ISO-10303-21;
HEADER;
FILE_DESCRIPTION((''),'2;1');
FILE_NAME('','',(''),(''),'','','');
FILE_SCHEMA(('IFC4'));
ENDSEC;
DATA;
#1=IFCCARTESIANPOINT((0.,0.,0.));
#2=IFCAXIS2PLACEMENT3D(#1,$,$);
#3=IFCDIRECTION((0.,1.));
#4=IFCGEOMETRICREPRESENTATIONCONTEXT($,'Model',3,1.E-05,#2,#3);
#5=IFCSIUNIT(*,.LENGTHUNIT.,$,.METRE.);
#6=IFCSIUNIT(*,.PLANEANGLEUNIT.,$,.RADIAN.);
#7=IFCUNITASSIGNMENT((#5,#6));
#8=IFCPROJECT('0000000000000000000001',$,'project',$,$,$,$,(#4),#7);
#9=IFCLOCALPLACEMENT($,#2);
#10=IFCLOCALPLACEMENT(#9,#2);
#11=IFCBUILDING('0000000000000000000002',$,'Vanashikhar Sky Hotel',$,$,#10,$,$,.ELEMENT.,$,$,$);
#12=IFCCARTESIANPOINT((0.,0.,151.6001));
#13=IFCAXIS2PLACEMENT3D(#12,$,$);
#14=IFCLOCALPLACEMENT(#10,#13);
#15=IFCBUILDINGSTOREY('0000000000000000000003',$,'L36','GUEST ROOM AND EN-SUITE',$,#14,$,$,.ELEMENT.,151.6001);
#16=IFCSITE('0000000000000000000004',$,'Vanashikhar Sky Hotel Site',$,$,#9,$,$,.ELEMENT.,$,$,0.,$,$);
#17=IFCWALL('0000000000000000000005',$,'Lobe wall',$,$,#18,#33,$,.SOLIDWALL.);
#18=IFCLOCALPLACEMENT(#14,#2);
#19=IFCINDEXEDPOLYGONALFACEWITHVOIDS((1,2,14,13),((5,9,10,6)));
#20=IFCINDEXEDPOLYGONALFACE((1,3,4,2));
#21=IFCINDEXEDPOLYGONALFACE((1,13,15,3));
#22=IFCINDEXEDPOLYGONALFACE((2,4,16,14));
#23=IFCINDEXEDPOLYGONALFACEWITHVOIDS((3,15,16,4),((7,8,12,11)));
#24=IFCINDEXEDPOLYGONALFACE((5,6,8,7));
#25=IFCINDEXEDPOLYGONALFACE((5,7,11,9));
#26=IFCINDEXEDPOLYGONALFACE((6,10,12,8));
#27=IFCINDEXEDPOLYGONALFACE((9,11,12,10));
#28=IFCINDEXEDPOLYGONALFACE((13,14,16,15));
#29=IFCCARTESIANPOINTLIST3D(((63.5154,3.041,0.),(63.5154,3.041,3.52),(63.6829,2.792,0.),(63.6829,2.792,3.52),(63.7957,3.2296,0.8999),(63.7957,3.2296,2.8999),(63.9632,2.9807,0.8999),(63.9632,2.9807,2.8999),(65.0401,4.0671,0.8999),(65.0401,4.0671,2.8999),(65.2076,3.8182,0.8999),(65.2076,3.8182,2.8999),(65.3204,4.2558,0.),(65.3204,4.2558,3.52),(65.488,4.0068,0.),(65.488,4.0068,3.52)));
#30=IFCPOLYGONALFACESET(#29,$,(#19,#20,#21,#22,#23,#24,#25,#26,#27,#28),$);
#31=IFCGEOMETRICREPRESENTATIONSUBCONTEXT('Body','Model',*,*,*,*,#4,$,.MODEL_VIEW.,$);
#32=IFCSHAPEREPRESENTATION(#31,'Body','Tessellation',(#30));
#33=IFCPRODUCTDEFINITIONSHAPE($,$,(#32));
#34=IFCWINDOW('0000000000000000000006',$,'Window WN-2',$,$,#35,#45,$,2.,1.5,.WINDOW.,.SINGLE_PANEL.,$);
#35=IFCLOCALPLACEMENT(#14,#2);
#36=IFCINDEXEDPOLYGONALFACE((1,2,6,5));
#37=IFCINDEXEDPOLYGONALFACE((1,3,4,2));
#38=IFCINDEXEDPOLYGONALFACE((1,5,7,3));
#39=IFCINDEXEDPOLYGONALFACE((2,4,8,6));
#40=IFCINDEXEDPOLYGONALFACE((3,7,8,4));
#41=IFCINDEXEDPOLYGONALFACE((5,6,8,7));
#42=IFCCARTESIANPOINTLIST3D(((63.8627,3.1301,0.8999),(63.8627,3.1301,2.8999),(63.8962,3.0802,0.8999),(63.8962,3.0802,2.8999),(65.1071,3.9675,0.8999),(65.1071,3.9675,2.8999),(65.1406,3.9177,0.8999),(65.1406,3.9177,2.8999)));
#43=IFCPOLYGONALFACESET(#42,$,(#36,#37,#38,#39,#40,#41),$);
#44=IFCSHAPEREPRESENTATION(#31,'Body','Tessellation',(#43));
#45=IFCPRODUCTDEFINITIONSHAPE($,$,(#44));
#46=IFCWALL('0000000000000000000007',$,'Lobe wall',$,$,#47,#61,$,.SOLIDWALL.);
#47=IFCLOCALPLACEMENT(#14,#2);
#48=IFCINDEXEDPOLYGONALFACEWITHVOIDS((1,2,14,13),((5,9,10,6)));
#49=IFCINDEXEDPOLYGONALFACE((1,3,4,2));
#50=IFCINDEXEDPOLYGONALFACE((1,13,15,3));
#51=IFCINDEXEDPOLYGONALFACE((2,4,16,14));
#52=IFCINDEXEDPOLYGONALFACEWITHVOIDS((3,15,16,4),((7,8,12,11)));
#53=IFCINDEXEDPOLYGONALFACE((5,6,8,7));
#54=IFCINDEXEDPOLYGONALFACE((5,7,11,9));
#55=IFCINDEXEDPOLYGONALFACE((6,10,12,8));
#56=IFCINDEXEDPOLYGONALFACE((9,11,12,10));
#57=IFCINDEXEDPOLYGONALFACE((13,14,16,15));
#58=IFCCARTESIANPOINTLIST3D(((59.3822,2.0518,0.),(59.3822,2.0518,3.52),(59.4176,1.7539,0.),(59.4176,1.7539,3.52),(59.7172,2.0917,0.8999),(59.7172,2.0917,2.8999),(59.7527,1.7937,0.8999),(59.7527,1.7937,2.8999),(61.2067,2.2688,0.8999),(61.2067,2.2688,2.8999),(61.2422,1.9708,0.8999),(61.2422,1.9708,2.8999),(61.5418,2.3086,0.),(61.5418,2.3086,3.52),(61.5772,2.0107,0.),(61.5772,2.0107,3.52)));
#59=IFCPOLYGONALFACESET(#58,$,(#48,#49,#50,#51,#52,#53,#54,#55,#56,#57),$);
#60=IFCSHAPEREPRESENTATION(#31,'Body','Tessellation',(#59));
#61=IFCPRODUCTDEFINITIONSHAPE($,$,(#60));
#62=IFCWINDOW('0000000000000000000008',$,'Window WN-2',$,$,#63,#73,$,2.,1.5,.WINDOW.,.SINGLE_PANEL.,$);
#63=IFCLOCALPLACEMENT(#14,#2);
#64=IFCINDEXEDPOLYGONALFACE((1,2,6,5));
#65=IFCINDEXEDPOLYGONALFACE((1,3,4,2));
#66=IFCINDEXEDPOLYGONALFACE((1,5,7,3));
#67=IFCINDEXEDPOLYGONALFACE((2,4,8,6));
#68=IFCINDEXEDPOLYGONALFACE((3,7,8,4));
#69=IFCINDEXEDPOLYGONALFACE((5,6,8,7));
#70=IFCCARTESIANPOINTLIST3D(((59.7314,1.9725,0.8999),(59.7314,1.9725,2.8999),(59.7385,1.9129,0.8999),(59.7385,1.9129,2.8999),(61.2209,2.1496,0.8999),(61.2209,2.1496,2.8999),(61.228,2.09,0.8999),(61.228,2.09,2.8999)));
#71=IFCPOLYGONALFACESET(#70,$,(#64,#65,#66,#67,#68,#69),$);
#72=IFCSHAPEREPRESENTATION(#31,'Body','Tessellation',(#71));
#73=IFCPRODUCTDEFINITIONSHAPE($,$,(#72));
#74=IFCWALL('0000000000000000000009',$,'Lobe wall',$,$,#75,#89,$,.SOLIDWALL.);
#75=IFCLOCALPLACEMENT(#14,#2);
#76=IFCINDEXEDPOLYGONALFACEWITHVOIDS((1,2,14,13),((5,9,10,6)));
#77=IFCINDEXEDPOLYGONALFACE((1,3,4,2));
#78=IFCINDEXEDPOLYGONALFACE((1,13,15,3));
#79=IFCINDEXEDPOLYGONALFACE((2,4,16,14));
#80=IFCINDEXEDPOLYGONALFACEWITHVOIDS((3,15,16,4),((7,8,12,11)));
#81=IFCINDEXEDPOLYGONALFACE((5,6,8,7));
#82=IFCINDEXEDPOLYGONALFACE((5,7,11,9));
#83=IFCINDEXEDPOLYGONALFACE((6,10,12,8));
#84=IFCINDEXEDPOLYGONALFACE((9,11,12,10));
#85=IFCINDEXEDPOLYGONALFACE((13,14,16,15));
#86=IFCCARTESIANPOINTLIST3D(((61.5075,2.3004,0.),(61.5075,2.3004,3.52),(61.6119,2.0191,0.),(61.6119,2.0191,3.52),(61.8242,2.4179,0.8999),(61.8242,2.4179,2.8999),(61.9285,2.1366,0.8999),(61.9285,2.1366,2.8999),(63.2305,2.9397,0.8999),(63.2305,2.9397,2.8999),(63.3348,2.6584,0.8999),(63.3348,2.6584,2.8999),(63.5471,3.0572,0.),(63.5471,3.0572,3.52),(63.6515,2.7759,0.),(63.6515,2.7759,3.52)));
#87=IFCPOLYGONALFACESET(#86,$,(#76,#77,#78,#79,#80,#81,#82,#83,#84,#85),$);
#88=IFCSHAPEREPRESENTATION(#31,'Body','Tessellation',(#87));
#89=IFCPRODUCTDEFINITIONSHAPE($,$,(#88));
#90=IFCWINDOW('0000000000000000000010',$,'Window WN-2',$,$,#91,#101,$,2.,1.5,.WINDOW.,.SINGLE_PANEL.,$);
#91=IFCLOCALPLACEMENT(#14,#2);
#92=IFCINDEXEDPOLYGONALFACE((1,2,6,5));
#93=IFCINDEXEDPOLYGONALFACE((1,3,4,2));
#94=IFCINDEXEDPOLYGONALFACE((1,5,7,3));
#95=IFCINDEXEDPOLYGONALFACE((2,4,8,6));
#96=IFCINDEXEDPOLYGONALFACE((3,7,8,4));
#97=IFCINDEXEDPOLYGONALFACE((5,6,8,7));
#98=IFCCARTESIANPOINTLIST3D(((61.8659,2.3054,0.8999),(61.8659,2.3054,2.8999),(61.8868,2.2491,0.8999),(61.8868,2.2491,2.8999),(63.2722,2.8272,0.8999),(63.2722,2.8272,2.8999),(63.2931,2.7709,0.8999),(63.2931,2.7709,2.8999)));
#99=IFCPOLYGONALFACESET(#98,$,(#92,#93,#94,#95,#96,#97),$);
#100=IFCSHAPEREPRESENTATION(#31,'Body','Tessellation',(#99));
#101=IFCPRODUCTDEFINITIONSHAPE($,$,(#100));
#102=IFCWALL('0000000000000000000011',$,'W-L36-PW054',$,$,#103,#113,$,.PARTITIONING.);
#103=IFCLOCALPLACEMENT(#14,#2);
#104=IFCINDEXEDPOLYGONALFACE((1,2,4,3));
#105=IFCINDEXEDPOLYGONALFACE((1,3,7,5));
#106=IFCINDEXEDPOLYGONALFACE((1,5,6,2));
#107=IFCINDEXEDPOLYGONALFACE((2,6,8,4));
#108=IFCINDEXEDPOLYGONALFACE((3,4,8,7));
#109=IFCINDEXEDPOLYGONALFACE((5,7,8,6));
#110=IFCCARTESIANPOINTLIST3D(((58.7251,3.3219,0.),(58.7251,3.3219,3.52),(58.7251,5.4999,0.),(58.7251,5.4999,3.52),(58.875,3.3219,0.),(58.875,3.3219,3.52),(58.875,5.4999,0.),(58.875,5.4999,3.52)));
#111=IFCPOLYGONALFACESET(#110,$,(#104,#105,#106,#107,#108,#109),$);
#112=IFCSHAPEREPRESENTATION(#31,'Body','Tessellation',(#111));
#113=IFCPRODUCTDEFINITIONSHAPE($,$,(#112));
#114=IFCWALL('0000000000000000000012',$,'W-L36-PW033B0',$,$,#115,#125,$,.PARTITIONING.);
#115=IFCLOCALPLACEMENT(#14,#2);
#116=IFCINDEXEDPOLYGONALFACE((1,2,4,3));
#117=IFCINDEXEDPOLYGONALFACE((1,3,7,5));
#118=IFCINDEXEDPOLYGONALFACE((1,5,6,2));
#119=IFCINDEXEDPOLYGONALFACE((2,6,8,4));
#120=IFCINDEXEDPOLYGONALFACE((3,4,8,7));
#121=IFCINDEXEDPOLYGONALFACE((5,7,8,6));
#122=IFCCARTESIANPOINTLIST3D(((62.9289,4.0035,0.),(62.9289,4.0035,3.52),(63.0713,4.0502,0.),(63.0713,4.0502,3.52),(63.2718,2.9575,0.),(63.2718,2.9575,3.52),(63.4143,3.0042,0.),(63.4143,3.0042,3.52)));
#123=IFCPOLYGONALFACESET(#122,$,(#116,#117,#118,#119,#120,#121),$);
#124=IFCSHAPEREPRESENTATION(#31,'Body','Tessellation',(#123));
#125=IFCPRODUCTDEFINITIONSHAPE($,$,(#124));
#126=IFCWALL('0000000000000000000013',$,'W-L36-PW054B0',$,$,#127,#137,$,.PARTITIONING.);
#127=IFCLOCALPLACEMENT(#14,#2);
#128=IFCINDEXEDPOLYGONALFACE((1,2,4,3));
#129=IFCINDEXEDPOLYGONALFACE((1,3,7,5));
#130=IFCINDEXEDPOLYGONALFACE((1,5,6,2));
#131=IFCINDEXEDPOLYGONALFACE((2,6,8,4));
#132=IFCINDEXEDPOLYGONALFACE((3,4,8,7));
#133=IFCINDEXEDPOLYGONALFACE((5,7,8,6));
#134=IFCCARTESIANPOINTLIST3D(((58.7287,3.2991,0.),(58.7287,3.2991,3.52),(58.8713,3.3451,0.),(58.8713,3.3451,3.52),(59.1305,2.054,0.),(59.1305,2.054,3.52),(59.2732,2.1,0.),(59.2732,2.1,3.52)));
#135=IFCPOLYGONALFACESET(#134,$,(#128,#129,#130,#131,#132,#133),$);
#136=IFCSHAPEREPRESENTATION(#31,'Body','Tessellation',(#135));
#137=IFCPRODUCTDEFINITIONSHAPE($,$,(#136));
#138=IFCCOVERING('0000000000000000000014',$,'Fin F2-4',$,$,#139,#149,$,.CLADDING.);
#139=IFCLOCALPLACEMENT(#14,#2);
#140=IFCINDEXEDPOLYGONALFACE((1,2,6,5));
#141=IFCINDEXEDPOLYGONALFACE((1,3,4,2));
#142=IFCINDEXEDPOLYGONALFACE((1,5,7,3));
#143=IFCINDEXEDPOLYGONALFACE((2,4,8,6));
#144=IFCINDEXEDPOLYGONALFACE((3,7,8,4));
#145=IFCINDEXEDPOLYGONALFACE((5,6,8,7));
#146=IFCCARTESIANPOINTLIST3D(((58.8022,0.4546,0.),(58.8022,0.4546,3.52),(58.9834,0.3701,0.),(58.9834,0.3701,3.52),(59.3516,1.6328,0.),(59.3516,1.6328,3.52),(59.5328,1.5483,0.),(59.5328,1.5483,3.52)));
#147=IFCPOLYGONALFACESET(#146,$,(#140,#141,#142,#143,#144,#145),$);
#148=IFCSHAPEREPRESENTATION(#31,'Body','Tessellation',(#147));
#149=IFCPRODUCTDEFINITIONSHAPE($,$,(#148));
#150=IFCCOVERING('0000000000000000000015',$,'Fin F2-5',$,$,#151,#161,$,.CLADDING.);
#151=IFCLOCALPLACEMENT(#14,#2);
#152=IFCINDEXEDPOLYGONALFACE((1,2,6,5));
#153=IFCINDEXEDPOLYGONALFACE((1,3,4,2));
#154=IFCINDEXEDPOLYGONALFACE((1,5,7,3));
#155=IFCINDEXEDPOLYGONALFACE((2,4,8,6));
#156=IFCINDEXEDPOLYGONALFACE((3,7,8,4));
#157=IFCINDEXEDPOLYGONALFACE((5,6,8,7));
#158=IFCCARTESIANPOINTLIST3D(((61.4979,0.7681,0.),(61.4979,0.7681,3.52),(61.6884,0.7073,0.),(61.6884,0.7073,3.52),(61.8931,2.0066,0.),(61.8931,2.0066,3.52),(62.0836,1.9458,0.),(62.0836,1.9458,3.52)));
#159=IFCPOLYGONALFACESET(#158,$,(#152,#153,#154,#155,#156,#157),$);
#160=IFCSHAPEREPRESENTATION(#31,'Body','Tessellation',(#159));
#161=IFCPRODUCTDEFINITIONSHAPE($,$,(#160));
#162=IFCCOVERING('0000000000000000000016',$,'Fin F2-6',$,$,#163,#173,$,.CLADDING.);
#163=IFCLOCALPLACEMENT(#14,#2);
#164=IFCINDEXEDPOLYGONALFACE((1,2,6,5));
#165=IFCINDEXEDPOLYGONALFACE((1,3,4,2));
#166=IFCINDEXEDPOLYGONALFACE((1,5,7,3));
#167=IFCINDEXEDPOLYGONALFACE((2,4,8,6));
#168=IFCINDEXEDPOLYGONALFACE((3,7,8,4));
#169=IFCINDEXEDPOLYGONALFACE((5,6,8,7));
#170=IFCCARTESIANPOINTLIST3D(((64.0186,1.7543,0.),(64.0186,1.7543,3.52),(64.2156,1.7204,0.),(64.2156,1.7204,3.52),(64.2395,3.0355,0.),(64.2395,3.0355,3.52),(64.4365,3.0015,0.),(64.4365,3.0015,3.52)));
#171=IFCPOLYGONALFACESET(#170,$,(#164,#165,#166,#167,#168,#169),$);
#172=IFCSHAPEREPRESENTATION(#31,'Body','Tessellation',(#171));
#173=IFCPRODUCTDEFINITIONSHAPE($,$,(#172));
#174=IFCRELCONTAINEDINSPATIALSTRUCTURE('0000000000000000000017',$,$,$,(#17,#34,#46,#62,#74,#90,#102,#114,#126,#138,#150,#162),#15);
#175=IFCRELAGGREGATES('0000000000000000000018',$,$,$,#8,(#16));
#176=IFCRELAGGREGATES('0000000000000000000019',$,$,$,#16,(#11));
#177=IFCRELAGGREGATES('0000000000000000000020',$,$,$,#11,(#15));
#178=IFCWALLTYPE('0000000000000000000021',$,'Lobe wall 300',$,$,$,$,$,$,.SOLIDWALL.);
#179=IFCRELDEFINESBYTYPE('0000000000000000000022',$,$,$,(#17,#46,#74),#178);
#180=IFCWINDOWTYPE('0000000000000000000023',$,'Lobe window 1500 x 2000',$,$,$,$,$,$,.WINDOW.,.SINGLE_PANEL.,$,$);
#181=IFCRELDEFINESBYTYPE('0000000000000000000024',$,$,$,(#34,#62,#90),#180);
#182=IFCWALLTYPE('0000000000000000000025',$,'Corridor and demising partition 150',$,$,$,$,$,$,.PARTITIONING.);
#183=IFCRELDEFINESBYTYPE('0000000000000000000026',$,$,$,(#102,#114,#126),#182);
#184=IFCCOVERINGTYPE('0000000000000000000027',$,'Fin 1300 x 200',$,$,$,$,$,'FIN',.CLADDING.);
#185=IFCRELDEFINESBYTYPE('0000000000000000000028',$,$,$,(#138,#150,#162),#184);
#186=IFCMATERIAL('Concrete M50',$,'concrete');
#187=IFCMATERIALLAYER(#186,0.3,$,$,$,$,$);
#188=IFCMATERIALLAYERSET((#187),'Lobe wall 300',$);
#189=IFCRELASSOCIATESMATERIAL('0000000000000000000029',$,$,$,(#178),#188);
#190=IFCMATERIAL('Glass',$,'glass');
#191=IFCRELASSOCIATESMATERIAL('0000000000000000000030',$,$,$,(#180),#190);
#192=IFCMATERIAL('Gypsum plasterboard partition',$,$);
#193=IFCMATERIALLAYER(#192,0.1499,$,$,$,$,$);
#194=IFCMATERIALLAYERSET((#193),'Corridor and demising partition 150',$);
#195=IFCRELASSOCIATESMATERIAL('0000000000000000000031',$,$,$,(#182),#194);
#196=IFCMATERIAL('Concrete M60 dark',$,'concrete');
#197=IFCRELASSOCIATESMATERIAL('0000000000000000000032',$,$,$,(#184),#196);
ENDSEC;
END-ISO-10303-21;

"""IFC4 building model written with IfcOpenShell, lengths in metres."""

from ifc_helpers import new_model, si_unit, direction, frame, frame_2d, origin, origin_2d, place, context, subcontext, project, spatial, rectangle, extrude, source, transform, mapped, material, layer, layer_set, material_profile, profile_set, type_object, element, fill, save


model = new_model("IFC4")

# Units and contexts
model_context = context("Model", 3, precision=1e-05, world=origin(), true_north=direction((0.0, 1.0)))
body_context = subcontext(model_context, "Body", "Model", "MODEL_VIEW")
ifc_project = project(units=[si_unit("LENGTHUNIT", "METRE"), si_unit("PLANEANGLEUNIT", "RADIAN")], contexts=[model_context])

# Site, building, storey
site_placement = place(None, origin())
site = spatial("IfcSite", under=ifc_project, at=site_placement, Name="Vanashikhar Sky Hotel Site", CompositionType="ELEMENT", RefElevation=0.0)
building_placement = place(site_placement, origin())
building = spatial("IfcBuilding", under=site, at=building_placement, Name="Vanashikhar Sky Hotel", CompositionType="ELEMENT")
storey_placement = place(building_placement, frame((0.0, 0.0, 151.6001)))
storey = spatial("IfcBuildingStorey", under=building, at=storey_placement, Name="L36", Description="GUEST ROOM AND EN-SUITE", CompositionType="ELEMENT", Elevation=151.6001)

# Walls, openings, windows
ifc_material_1 = material(Name="Concrete M50", Category="concrete")
ifc_layer_1 = layer(ifc_material_1, 0.3)
ifc_layer_set_1 = layer_set([ifc_layer_1], Name="Lobe wall 300")
wall_type_1 = type_object("IfcWallType", Name="Lobe wall 300", PredefinedType="SOLIDWALL", material=ifc_layer_set_1)
shared_shape_1 = source(origin(), body_context, "Body", "SweptSolid", [
    extrude(rectangle(XDim=2.1758, YDim=0.3, at=frame_2d((1.0879, 0.0))), origin(), (0.0, 0.0, 1.0), 3.52),
])
wall_1_placement = place(storey_placement, frame((63.5991, 2.9165, 0.0), z_axis=(0.0, 0.0, 1.0), x_axis=(0.829626, 0.55832, 0.0)))
wall_1 = element("IfcWall", 1, at=wall_1_placement, inside=storey, type_object=wall_type_1, Name="Lobe wall", PredefinedType="SOLIDWALL", context=body_context, shape_type="MappedRepresentation", body=[
    mapped(shared_shape_1, transform((0.0, 0.0, 0.0), scale=1.0)),
])
shared_shape_2 = source(origin(), body_context, "Body", "SweptSolid", [
    extrude(rectangle(XDim=1.5, YDim=2.0, at=frame_2d((0.75, 1.0))), frame((0.0, 0.1602, 0.0), z_axis=(0.0, -1.0, 0.0), x_axis=(1.0, 0.0, 0.0)), (0.0, 0.0, 1.0), 0.3201),
])
opening_1_placement = place(wall_1_placement, frame((0.3379, 0.0, 0.8999)))
opening_1 = element("IfcOpeningElement", 2, at=opening_1_placement, cuts=wall_1, PredefinedType="OPENING", context=body_context, shape_type="MappedRepresentation", body=[
    mapped(shared_shape_2, transform((0.0, 0.0, 0.0), scale=1.0)),
])
ifc_material_2 = material(Name="Glass", Category="glass")
window_type = type_object("IfcWindowType", Name="Lobe window 1500 x 2000", PartitioningType="SINGLE_PANEL", PredefinedType="WINDOW", material=ifc_material_2)
shared_shape_3 = source(origin(), body_context, "Body", "SweptSolid", [
    extrude(rectangle(XDim=1.5, YDim=2.0, at=frame_2d((0.75, 1.0))), frame((0.0, 0.03, 0.0), z_axis=(0.0, -1.0, 0.0), x_axis=(1.0, 0.0, 0.0)), (0.0, 0.0, 1.0), 0.0601),
])
window_1_placement = place(opening_1_placement, origin())
window_1 = element("IfcWindow", 3, at=window_1_placement, inside=storey, type_object=window_type, Name="Window WN-2", OverallHeight=2.0, OverallWidth=1.5, PartitioningType="SINGLE_PANEL", PredefinedType="WINDOW", context=body_context, shape_type="MappedRepresentation", body=[
    mapped(shared_shape_3, transform((0.0, 0.0, 0.0), scale=1.0)),
])
fill(opening_1, window_1)
shared_shape_4 = source(origin(), body_context, "Body", "SweptSolid", [
    extrude(rectangle(XDim=2.1748, YDim=0.3, at=frame_2d((1.0874, 0.0))), origin(), (0.0, 0.0, 1.0), 3.52),
])
wall_2_placement = place(storey_placement, frame((59.3999, 1.9028, 0.0), z_axis=(0.0, 0.0, 1.0), x_axis=(0.993003, 0.118092, 0.0)))
wall_2 = element("IfcWall", 4, at=wall_2_placement, inside=storey, type_object=wall_type_1, Name="Lobe wall", PredefinedType="SOLIDWALL", context=body_context, shape_type="MappedRepresentation", body=[
    mapped(shared_shape_4, transform((0.0, 0.0, 0.0), scale=1.0)),
])
opening_2_placement = place(wall_2_placement, frame((0.3374, 0.0, 0.8999)))
opening_2 = element("IfcOpeningElement", 5, at=opening_2_placement, cuts=wall_2, PredefinedType="OPENING", context=body_context, shape_type="MappedRepresentation", body=[
    mapped(shared_shape_2, transform((0.0, 0.0, 0.0), scale=1.0)),
])
window_2_placement = place(opening_2_placement, origin())
window_2 = element("IfcWindow", 6, at=window_2_placement, inside=storey, type_object=window_type, Name="Window WN-2", OverallHeight=2.0, OverallWidth=1.5, PartitioningType="SINGLE_PANEL", PredefinedType="WINDOW", context=body_context, shape_type="MappedRepresentation", body=[
    mapped(shared_shape_3, transform((0.0, 0.0, 0.0), scale=1.0)),
])
fill(opening_2, window_2)
shared_shape_5 = source(origin(), body_context, "Body", "SweptSolid", [
    extrude(rectangle(XDim=2.1755, YDim=0.3, at=frame_2d((1.0879, 0.0))), origin(), (0.0, 0.0, 1.0), 3.52),
])
wall_3_placement = place(storey_placement, frame((61.5596, 2.1597, 0.0), z_axis=(0.0, 0.0, 1.0), x_axis=(0.937532, 0.347899, 0.0)))
wall_3 = element("IfcWall", 7, at=wall_3_placement, inside=storey, type_object=wall_type_1, Name="Lobe wall", PredefinedType="SOLIDWALL", context=body_context, shape_type="MappedRepresentation", body=[
    mapped(shared_shape_5, transform((0.0, 0.0, 0.0), scale=1.0)),
])
opening_3_placement = place(wall_3_placement, frame((0.3379, 0.0, 0.8999)))
opening_3 = element("IfcOpeningElement", 8, at=opening_3_placement, cuts=wall_3, PredefinedType="OPENING", context=body_context, shape_type="MappedRepresentation", body=[
    mapped(shared_shape_2, transform((0.0, 0.0, 0.0), scale=1.0)),
])
window_3_placement = place(opening_3_placement, origin())
window_3 = element("IfcWindow", 9, at=window_3_placement, inside=storey, type_object=window_type, Name="Window WN-2", OverallHeight=2.0, OverallWidth=1.5, PartitioningType="SINGLE_PANEL", PredefinedType="WINDOW", context=body_context, shape_type="MappedRepresentation", body=[
    mapped(shared_shape_3, transform((0.0, 0.0, 0.0), scale=1.0)),
])
fill(opening_3, window_3)

# Walls
ifc_material_3 = material(Name="Gypsum plasterboard partition")
ifc_layer_2 = layer(ifc_material_3, 0.1499)
ifc_layer_set_2 = layer_set([ifc_layer_2], Name="Corridor and demising partition 150")
wall_type_2 = type_object("IfcWallType", Name="Corridor and demising partition 150", PredefinedType="PARTITIONING", material=ifc_layer_set_2)
shared_shape_6 = source(origin(), body_context, "Body", "SweptSolid", [
    extrude(rectangle(XDim=2.178, YDim=0.1499, at=frame_2d((1.0889, 0.0))), origin(), (0.0, 0.0, 1.0), 3.52),
])
wall_4_placement = place(storey_placement, frame((58.8, 3.322, 0.0), z_axis=(0.0, 0.0, 1.0), x_axis=(0.0, 1.0, 0.0)))
element("IfcWall", 10, at=wall_4_placement, inside=storey, type_object=wall_type_2, Name="W-L36-PW054", PredefinedType="PARTITIONING", context=body_context, shape_type="MappedRepresentation", body=[
    mapped(shared_shape_6, transform((0.0, 0.0, 0.0), scale=1.0)),
])
shared_shape_7 = source(origin(), body_context, "Body", "SweptSolid", [
    extrude(rectangle(XDim=1.1008, YDim=0.1499, at=frame_2d((0.5503, 0.0))), origin(), (0.0, 0.0, 1.0), 3.52),
])
wall_5_placement = place(storey_placement, frame((63.343, 2.981, 0.0), z_axis=(0.0, 0.0, 1.0), x_axis=(-0.311567, 0.950224, 0.0)))
element("IfcWall", 11, at=wall_5_placement, inside=storey, type_object=wall_type_2, Name="W-L36-PW033B0", PredefinedType="PARTITIONING", context=body_context, shape_type="MappedRepresentation", body=[
    mapped(shared_shape_7, transform((0.0, 0.0, 0.0), scale=1.0)),
])
shared_shape_8 = source(origin(), body_context, "Body", "SweptSolid", [
    extrude(rectangle(XDim=1.3083, YDim=0.1499, at=frame_2d((0.6543, 0.0))), origin(), (0.0, 0.0, 1.0), 3.52),
])
wall_6_placement = place(storey_placement, frame((59.2019, 2.0769, 0.0), z_axis=(0.0, 0.0, 1.0), x_axis=(-0.307145, 0.951663, 0.0)))
element("IfcWall", 12, at=wall_6_placement, inside=storey, type_object=wall_type_2, Name="W-L36-PW054B0", PredefinedType="PARTITIONING", context=body_context, shape_type="MappedRepresentation", body=[
    mapped(shared_shape_8, transform((0.0, 0.0, 0.0), scale=1.0)),
])

# Coverings
ifc_material_4 = material(Name="Concrete M60 dark", Category="concrete")
ifc_material_profile = material_profile(ifc_material_4, rectangle(XDim=1.3, YDim=0.2, at=origin_2d()))
ifc_profile_set = profile_set([ifc_material_profile], Name="Fin 1300 x 200")
covering_type = type_object("IfcCoveringType", Name="Fin 1300 x 200", ElementType="FIN", PredefinedType="CLADDING", material=ifc_profile_set)
shared_shape_9 = source(origin(), body_context, "Body", "SweptSolid", [
    extrude(rectangle(XDim=1.3, YDim=0.2, at=origin_2d()), origin(), (0.0, 0.0, 1.0), 3.52),
])
for number, where, z_axis, x_axis, name in (
    (13, (59.1675, 1.0015, 0.0), (0.0, 0.0, 1.0), (-0.422618, -0.906308, 0.0), "Fin F2-4"),
    (14, (61.7908, 1.3569, 0.0), (0.0, 0.0, 1.0), (-0.303967, -0.952683, 0.0), "Fin F2-5"),
    (15, (64.2275, 2.3779, 0.0), (0.0, 0.0, 1.0), (-0.1699, -0.985461, 0.0), "Fin F2-6"),
):
    element("IfcCovering", number, at=place(storey_placement, frame(where, z_axis=z_axis, x_axis=x_axis)), inside=storey, type_object=covering_type, Name=name, PredefinedType="CLADDING", context=body_context, shape_type="MappedRepresentation", body=[
        mapped(shared_shape_9, transform((0.0, 0.0, 0.0), scale=1.0)),
    ])

save(model, "model.ifc")
